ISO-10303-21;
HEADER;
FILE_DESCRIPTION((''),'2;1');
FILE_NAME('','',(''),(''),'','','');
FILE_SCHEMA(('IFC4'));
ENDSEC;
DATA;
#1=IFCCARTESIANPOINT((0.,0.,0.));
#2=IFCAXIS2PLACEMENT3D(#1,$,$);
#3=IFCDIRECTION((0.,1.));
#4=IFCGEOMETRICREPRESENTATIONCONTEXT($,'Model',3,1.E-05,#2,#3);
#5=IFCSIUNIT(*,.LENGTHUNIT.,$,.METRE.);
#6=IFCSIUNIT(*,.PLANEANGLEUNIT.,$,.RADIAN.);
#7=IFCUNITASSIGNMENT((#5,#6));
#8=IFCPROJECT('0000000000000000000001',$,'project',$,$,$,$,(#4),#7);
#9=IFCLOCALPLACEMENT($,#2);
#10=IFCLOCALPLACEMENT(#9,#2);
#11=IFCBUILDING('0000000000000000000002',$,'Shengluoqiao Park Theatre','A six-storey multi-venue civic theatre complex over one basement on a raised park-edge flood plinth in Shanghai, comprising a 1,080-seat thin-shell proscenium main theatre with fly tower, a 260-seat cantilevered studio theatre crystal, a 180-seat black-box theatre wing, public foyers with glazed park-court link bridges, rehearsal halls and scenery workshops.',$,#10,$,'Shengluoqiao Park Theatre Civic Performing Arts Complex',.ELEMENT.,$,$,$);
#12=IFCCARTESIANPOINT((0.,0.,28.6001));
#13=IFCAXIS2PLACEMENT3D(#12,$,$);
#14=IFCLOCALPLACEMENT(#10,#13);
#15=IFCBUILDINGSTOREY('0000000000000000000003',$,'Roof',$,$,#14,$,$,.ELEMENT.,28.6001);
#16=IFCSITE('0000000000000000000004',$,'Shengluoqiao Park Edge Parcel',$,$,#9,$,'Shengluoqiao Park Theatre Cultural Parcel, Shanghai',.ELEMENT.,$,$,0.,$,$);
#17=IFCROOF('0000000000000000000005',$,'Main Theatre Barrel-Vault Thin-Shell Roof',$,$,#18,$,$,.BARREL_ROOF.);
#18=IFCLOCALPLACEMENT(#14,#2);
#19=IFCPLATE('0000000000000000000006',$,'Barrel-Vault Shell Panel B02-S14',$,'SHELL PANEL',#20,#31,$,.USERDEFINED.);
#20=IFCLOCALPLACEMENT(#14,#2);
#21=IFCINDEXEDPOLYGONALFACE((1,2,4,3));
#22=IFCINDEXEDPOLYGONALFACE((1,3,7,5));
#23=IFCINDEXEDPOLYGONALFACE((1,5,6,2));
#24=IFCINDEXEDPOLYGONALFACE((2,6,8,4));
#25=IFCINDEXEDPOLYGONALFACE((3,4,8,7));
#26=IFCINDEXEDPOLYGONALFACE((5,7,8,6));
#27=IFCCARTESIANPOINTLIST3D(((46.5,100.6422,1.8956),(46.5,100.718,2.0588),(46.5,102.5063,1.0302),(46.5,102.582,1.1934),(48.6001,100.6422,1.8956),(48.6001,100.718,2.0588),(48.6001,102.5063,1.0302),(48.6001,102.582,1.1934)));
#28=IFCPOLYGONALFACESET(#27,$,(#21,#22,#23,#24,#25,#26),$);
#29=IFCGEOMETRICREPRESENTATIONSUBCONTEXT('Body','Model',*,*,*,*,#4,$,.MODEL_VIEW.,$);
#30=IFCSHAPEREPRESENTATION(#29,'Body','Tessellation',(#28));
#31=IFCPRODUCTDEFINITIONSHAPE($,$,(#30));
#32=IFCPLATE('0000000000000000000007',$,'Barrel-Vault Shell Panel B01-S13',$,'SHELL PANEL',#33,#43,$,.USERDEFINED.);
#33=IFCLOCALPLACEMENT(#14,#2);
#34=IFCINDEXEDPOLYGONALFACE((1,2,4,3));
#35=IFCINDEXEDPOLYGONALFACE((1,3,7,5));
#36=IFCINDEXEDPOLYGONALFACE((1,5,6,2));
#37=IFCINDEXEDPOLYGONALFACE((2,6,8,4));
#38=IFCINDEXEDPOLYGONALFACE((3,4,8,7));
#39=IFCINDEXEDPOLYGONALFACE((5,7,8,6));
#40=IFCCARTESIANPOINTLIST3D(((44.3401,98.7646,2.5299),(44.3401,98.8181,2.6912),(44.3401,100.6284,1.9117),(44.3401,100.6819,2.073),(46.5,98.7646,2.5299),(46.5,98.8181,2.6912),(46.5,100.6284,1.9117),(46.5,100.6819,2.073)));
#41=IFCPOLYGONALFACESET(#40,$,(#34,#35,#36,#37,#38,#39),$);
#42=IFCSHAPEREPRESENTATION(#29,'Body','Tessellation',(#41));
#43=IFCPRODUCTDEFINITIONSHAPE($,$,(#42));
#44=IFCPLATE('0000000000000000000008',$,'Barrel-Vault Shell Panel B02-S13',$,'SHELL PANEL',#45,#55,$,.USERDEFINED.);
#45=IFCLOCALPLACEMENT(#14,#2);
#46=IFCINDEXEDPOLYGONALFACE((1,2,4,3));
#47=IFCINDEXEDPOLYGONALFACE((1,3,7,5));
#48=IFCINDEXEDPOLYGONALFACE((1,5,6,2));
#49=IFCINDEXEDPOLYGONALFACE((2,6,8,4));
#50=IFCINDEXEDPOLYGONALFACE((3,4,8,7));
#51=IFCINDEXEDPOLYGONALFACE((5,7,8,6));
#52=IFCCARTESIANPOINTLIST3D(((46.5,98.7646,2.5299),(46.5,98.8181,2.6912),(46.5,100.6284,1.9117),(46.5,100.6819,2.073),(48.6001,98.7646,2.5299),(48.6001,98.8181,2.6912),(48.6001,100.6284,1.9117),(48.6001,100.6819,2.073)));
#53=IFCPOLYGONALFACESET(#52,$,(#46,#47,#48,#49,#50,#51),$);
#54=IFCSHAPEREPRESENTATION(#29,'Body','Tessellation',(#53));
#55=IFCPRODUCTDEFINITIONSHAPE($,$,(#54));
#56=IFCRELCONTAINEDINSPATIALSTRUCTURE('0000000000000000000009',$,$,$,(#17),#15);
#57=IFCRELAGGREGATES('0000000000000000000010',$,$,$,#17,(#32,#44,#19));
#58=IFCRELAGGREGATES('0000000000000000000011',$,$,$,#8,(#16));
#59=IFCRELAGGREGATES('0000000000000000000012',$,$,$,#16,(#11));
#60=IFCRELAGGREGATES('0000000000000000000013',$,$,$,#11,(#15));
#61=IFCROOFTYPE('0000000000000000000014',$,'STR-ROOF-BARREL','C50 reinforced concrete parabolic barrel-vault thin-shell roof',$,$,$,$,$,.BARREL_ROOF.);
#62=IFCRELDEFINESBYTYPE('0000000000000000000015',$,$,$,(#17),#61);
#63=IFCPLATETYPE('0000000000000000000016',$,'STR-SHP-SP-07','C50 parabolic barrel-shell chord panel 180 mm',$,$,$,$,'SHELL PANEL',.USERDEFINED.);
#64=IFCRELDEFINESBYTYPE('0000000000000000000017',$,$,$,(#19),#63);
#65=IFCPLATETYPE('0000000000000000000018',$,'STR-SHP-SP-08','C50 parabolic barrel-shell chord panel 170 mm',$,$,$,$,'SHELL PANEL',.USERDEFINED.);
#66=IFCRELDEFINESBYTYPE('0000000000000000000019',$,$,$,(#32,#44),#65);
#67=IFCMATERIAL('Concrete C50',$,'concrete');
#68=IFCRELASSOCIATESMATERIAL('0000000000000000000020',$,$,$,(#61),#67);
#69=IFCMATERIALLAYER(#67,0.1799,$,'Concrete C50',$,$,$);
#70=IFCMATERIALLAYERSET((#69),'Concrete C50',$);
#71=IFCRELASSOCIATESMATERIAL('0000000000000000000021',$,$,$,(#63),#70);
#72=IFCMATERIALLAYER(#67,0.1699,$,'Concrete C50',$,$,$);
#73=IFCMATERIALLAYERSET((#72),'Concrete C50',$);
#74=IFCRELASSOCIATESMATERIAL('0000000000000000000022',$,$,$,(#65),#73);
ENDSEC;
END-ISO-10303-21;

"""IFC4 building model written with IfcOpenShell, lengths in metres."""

from ifc_helpers import new_model, si_unit, direction, frame, origin, place, context, subcontext, project, spatial, polyline, outline, extrude, material, layer, layer_set, type_object, element, aggregate, save


model = new_model("IFC4")

# Units and contexts
model_context = context("Model", 3, precision=1e-05, world=origin(), true_north=direction((0.0, 1.0)))
body_context = subcontext(model_context, "Body", "Model", "MODEL_VIEW")
ifc_project = project(units=[si_unit("LENGTHUNIT", "METRE"), si_unit("PLANEANGLEUNIT", "RADIAN")], contexts=[model_context])

# Site, building, storey
site_placement = place(None, origin())
site = spatial("IfcSite", under=ifc_project, at=site_placement, Name="Shengluoqiao Park Edge Parcel", LongName="Shengluoqiao Park Theatre Cultural Parcel, Shanghai", CompositionType="ELEMENT", RefElevation=0.0)
building_placement = place(site_placement, origin())
building = spatial("IfcBuilding", under=site, at=building_placement, Name="Shengluoqiao Park Theatre", Description="A six-storey multi-venue civic theatre complex over one basement on a raised park-edge flood plinth in Shanghai, comprising a 1,080-seat thin-shell proscenium main theatre with fly tower, a 260-seat cantilevered studio theatre crystal, a 180-seat black-box theatre wing, public foyers with glazed park-court link bridges, rehearsal halls and scenery workshops.", LongName="Shengluoqiao Park Theatre Civic Performing Arts Complex", CompositionType="ELEMENT")
storey_placement = place(building_placement, frame((0.0, 0.0, 28.6001)))
storey = spatial("IfcBuildingStorey", under=building, at=storey_placement, Name="Roof", CompositionType="ELEMENT", Elevation=28.6001)

# Shared definitions
ifc_material_1 = material(Name="Concrete C50", Category="concrete")

# Roof, plates
roof_type = type_object("IfcRoofType", Name="STR-ROOF-BARREL", Description="C50 reinforced concrete parabolic barrel-vault thin-shell roof", PredefinedType="BARREL_ROOF", material=ifc_material_1)
roof_placement = place(storey_placement, origin())
roof = element("IfcRoof", 1, at=roof_placement, inside=storey, type_object=roof_type, Name="Main Theatre Barrel-Vault Thin-Shell Roof", PredefinedType="BARREL_ROOF")
ifc_layer_1 = layer(ifc_material_1, 0.1799, Name="Concrete C50")
ifc_layer_set_1 = layer_set([ifc_layer_1], Name="Concrete C50")
plate_type_1 = type_object("IfcPlateType", Name="STR-SHP-SP-07", Description="C50 parabolic barrel-shell chord panel 180 mm", ElementType="SHELL PANEL", PredefinedType="USERDEFINED", material=ifc_layer_set_1)
plate_1_placement = place(storey_placement, frame((46.5, 100.718, 2.0588), z_axis=(0.0, 0.421129, 0.907001), x_axis=(1.0, 0.0, 0.0)))
plate_1 = element("IfcPlate", 2, at=plate_1_placement, type_object=plate_type_1, Name="Barrel-Vault Shell Panel B02-S14", ObjectType="SHELL PANEL", PredefinedType="USERDEFINED", context=body_context, shape_type="SweptSolid", body=[
    extrude(outline(polyline([(0.0, 0.0), (2.1001, 0.0), (2.1001, 2.0551), (0.0, 2.0551), (0.0, 0.0)])), origin(), (0.0, 0.0, -1.0), 0.1799),
])
ifc_layer_2 = layer(ifc_material_1, 0.1699, Name="Concrete C50")
ifc_layer_set_2 = layer_set([ifc_layer_2], Name="Concrete C50")
plate_type_2 = type_object("IfcPlateType", Name="STR-SHP-SP-08", Description="C50 parabolic barrel-shell chord panel 170 mm", ElementType="SHELL PANEL", PredefinedType="USERDEFINED", material=ifc_layer_set_2)
plate_2_placement = place(storey_placement, frame((44.3401, 98.8181, 2.6912), z_axis=(0.0, 0.31481, 0.949155), x_axis=(1.0, 0.0, 0.0)))
plate_2 = element("IfcPlate", 3, at=plate_2_placement, type_object=plate_type_2, Name="Barrel-Vault Shell Panel B01-S13", ObjectType="SHELL PANEL", PredefinedType="USERDEFINED", context=body_context, shape_type="SweptSolid", body=[
    extrude(outline(polyline([(0.0, 0.0), (2.1599, 0.0), (2.1599, 1.9636), (0.0, 1.9636), (0.0, 0.0)])), origin(), (0.0, 0.0, -1.0), 0.1699),
])
plate_3_placement = place(storey_placement, frame((46.5, 98.8181, 2.6912), z_axis=(0.0, 0.31481, 0.949155), x_axis=(1.0, 0.0, 0.0)))
plate_3 = element("IfcPlate", 4, at=plate_3_placement, type_object=plate_type_2, Name="Barrel-Vault Shell Panel B02-S13", ObjectType="SHELL PANEL", PredefinedType="USERDEFINED", context=body_context, shape_type="SweptSolid", body=[
    extrude(outline(polyline([(0.0, 0.0), (2.1001, 0.0), (2.1001, 1.9636), (0.0, 1.9636), (0.0, 0.0)])), origin(), (0.0, 0.0, -1.0), 0.1699),
])
aggregate(roof, [plate_2, plate_3, plate_1])

save(model, "model.ifc")
